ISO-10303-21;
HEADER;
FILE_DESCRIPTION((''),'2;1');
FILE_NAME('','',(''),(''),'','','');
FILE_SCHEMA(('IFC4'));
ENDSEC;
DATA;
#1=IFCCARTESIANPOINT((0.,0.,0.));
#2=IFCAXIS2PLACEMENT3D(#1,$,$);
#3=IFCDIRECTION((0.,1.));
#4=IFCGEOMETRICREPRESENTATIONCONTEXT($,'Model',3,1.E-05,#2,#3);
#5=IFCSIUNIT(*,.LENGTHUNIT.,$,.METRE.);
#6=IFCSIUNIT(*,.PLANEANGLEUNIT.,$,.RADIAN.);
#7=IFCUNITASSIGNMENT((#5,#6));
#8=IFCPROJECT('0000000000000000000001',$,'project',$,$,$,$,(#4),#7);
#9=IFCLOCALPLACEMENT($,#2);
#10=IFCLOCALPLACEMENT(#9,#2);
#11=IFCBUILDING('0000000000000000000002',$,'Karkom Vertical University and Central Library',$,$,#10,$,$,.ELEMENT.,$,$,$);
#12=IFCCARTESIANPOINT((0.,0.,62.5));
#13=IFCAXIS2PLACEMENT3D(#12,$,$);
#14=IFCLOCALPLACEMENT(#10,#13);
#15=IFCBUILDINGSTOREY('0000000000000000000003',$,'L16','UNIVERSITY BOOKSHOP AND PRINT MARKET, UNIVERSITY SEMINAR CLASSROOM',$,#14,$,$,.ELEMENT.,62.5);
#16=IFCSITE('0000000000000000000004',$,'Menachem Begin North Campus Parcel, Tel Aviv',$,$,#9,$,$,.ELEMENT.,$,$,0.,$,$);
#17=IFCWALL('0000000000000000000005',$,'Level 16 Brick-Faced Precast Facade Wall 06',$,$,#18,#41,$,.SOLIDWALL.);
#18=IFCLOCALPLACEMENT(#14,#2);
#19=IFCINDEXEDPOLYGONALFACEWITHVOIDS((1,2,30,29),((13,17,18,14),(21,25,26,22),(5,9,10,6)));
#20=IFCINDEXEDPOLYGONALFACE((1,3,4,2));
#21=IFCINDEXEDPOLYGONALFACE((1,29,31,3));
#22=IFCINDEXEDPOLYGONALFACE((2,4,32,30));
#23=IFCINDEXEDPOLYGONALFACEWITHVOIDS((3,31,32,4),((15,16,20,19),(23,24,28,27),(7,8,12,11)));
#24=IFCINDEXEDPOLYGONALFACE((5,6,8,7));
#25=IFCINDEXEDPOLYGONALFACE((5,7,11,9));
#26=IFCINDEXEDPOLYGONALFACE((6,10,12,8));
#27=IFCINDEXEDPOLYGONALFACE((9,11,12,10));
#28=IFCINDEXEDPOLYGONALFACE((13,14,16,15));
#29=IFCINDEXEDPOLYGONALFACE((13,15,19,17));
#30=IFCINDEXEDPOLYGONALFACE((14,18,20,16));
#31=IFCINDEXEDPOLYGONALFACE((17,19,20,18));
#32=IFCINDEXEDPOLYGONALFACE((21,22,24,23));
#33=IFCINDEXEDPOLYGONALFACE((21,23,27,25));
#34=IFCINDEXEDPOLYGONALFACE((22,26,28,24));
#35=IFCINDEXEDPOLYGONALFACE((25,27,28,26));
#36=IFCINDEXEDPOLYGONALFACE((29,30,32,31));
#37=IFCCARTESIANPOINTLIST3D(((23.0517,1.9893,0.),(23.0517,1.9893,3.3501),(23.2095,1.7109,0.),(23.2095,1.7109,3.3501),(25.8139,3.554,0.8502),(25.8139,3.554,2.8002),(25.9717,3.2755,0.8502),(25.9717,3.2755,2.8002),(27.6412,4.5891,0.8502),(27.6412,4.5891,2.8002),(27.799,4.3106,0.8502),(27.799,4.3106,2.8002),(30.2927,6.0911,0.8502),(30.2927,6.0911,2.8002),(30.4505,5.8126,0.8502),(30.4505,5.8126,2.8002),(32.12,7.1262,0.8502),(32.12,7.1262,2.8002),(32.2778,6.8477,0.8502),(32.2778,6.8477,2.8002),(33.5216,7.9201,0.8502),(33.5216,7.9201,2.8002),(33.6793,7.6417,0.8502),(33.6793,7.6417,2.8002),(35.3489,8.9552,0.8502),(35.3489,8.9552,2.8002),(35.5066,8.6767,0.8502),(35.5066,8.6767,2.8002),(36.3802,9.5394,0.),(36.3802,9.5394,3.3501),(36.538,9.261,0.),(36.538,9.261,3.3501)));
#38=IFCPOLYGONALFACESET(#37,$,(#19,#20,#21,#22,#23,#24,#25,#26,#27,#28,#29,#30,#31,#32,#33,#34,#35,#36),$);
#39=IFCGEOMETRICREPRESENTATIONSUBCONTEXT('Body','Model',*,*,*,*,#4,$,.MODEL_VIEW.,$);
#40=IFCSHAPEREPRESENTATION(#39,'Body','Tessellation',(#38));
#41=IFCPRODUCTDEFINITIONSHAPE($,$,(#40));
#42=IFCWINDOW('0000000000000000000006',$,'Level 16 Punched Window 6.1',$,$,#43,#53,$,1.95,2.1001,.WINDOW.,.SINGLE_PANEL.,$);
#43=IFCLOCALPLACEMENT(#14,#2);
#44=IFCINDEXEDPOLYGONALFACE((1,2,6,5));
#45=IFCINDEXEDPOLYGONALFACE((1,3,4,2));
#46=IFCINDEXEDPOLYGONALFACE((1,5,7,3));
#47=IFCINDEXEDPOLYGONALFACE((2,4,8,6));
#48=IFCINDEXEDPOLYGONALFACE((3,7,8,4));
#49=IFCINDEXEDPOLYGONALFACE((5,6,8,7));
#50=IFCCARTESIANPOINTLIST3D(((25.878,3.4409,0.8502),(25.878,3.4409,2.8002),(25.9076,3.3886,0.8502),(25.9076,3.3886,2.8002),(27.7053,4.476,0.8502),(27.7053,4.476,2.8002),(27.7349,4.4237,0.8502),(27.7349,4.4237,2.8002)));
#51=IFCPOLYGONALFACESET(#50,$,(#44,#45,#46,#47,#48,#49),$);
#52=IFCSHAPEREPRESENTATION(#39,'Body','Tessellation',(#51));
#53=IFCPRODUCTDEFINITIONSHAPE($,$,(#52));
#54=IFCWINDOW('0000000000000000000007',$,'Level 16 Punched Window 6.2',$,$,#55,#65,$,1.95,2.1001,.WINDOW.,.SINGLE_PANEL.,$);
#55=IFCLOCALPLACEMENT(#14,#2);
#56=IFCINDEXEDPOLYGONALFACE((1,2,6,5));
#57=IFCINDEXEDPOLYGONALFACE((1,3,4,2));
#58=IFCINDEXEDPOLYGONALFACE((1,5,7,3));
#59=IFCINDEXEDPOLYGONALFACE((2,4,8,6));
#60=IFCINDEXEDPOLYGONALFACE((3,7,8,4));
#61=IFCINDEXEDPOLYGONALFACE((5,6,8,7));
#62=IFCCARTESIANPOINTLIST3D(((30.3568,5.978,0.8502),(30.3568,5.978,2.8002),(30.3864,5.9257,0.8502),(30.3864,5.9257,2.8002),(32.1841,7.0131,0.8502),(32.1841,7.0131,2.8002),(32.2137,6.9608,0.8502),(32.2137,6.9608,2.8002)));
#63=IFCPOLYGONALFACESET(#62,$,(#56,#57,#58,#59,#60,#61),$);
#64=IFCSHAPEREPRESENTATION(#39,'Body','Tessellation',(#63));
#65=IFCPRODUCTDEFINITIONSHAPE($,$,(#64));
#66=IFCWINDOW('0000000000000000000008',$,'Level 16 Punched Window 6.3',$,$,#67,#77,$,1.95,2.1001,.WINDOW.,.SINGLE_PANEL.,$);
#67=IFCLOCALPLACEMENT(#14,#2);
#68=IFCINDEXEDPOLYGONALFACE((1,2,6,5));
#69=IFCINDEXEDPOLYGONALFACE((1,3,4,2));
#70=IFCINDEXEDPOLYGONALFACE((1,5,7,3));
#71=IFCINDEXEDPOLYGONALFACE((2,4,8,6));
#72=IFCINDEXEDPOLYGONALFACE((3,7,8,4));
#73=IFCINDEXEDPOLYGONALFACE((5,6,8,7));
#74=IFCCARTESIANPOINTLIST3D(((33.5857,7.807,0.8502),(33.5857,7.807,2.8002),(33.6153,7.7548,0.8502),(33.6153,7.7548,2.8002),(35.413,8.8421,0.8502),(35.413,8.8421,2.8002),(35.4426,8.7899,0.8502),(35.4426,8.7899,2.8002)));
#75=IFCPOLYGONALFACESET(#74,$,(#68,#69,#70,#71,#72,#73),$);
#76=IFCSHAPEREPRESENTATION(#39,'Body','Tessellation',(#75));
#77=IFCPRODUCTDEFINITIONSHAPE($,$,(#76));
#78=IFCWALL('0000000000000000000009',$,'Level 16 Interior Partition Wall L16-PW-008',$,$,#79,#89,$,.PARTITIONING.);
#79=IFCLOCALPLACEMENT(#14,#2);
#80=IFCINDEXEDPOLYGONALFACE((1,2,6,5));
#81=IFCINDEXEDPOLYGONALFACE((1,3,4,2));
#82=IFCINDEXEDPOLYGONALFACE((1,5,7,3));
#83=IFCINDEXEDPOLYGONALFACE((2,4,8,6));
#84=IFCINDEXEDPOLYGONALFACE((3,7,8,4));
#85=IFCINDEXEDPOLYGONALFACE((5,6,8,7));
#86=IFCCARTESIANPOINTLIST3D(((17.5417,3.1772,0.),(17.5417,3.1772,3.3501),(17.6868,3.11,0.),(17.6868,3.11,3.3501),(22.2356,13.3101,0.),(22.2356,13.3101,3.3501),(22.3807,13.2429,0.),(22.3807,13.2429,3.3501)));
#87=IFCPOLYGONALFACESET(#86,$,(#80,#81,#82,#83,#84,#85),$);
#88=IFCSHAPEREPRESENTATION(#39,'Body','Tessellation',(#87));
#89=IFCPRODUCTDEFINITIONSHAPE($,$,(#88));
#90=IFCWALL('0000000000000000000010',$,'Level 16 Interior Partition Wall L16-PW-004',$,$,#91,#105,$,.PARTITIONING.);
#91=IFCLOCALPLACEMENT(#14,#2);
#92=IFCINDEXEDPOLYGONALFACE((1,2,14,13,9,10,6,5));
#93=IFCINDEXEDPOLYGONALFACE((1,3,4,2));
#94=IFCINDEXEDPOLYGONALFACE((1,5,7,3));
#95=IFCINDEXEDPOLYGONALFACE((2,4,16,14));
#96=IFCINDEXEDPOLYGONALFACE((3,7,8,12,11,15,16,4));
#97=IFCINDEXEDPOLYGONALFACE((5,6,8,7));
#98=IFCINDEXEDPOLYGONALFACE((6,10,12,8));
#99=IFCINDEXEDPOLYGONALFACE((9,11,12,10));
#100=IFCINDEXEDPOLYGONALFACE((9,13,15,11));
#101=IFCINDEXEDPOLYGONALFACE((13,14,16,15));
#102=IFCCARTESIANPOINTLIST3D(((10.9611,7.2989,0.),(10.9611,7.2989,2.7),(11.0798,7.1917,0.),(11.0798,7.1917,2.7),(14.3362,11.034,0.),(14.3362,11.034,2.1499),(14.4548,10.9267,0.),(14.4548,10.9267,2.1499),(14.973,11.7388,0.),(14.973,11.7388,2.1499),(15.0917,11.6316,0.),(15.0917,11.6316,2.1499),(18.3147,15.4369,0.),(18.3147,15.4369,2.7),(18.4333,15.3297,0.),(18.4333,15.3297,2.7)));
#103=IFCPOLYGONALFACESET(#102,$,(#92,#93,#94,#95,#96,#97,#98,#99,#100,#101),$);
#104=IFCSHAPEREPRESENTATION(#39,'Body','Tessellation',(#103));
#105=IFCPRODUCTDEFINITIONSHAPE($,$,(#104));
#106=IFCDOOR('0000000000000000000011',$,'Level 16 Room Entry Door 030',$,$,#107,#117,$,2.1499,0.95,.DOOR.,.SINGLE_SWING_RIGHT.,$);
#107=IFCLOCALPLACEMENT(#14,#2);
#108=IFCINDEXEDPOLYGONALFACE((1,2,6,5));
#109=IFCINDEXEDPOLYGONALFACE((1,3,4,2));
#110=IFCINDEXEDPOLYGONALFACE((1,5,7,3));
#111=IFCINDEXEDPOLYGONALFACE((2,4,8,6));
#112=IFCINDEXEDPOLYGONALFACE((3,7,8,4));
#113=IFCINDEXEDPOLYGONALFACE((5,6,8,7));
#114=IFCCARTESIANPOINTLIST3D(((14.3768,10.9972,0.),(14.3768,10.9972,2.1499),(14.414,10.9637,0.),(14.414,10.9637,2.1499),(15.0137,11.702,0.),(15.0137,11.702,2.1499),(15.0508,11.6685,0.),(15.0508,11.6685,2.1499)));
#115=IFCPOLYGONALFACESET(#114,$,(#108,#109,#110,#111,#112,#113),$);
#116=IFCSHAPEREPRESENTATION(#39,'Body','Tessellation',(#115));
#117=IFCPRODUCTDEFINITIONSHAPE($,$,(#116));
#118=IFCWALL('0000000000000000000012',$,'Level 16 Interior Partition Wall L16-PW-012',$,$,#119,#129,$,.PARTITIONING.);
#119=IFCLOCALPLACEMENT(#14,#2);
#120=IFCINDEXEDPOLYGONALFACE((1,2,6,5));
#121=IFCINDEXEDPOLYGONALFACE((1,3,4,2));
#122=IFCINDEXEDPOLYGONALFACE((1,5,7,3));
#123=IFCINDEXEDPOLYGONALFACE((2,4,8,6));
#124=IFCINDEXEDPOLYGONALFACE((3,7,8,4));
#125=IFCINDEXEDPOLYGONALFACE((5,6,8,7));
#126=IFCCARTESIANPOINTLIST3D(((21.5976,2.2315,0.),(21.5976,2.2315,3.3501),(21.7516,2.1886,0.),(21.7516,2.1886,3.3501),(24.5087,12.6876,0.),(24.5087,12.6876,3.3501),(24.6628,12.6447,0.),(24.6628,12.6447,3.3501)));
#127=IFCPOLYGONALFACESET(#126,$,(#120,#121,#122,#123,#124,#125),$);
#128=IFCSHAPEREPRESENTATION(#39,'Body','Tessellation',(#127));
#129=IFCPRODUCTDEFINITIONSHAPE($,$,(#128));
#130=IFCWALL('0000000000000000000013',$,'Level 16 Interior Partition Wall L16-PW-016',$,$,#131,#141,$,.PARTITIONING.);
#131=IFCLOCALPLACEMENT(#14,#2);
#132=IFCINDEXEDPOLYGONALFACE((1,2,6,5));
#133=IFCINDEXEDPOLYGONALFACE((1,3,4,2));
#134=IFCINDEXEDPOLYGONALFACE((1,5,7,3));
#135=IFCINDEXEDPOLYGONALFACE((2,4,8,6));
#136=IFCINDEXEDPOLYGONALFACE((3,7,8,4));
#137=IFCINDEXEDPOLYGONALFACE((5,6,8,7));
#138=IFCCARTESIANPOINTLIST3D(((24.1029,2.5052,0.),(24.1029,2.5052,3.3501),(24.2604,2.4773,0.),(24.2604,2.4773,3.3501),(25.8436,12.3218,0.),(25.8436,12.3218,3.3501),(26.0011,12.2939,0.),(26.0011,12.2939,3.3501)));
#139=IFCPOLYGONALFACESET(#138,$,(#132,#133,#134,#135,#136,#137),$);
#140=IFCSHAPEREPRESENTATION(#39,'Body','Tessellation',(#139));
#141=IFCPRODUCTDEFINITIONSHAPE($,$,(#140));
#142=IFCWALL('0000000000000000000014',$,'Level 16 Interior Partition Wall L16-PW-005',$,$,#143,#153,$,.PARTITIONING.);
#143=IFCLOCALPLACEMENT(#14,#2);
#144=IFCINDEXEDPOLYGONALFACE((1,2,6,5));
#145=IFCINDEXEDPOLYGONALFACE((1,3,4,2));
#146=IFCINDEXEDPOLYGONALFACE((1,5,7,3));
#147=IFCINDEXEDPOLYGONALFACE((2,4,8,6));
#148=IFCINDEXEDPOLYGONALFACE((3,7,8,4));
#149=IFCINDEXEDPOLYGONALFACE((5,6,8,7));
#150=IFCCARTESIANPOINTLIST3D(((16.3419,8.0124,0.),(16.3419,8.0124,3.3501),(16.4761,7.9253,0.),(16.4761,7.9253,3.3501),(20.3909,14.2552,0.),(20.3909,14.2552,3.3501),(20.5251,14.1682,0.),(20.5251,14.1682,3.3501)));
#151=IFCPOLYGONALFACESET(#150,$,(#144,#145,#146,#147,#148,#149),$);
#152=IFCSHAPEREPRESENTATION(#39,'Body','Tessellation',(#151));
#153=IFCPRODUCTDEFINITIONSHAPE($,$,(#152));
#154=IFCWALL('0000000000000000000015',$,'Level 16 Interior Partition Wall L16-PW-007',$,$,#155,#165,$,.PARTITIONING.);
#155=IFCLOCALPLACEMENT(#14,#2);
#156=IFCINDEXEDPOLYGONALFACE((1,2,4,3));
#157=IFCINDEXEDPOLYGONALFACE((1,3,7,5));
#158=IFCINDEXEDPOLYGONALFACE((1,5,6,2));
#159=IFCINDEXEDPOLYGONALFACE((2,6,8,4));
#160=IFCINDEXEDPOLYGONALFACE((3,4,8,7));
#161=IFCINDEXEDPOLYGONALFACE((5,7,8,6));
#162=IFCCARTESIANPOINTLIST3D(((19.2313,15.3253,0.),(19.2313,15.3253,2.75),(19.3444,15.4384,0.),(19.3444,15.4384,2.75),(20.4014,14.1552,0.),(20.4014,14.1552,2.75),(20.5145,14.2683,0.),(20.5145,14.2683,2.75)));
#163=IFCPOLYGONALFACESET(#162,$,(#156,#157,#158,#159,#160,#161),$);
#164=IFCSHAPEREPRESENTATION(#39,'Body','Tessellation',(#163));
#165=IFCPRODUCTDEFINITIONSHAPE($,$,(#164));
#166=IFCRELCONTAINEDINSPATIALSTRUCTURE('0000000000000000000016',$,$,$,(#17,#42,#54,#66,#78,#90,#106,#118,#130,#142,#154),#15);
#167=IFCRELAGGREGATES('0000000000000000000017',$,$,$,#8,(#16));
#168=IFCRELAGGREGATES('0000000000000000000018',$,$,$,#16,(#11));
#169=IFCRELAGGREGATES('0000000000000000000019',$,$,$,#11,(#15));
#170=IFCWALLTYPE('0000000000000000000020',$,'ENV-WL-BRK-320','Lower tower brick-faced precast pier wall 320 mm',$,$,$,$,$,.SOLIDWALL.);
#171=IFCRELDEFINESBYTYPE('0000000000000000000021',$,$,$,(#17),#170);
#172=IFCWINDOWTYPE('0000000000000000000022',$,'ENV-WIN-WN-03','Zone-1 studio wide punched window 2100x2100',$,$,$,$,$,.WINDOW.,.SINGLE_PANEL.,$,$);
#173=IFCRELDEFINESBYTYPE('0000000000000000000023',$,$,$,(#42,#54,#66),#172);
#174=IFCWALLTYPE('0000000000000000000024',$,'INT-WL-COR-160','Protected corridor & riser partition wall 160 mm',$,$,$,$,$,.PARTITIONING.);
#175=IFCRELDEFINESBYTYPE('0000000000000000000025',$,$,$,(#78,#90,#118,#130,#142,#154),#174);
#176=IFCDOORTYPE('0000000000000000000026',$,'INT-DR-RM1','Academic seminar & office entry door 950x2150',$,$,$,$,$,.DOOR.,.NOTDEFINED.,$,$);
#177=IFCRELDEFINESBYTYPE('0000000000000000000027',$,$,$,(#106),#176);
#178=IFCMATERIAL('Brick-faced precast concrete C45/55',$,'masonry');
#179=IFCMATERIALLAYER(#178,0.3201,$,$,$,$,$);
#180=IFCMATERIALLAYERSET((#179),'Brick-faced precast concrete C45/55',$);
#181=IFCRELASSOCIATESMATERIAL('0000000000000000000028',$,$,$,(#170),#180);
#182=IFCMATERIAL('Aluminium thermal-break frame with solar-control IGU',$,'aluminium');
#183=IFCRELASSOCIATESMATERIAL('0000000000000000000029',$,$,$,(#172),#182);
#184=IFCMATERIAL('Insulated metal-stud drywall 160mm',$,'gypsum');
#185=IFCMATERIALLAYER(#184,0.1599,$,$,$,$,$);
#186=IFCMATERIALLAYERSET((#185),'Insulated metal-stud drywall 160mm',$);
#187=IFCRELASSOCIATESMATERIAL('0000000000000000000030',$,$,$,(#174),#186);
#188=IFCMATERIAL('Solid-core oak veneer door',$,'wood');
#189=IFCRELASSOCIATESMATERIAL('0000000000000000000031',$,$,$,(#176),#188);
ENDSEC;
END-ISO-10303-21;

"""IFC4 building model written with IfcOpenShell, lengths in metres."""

from ifc_helpers import new_model, si_unit, direction, frame, frame_2d, origin, origin_with_axes, place, context, subcontext, project, spatial, rectangle, extrude, source, transform, mapped, material, layer, layer_set, type_object, element, fill, save


model = new_model("IFC4")

# Units and contexts
model_context = context("Model", 3, precision=1e-05, world=origin(), true_north=direction((0.0, 1.0)))
body_context = subcontext(model_context, "Body", "Model", "MODEL_VIEW")
ifc_project = project(units=[si_unit("LENGTHUNIT", "METRE"), si_unit("PLANEANGLEUNIT", "RADIAN")], contexts=[model_context])

# Site, building, storey
site_placement = place(None, origin())
site = spatial("IfcSite", under=ifc_project, at=site_placement, Name="Menachem Begin North Campus Parcel, Tel Aviv", CompositionType="ELEMENT", RefElevation=0.0)
building_placement = place(site_placement, origin())
building = spatial("IfcBuilding", under=site, at=building_placement, Name="Karkom Vertical University and Central Library", CompositionType="ELEMENT")
storey_placement = place(building_placement, frame((0.0, 0.0, 62.5)))
storey = spatial("IfcBuildingStorey", under=building, at=storey_placement, Name="L16", Description="UNIVERSITY BOOKSHOP AND PRINT MARKET, UNIVERSITY SEMINAR CLASSROOM", CompositionType="ELEMENT", Elevation=62.5)

# Wall, openings, windows
ifc_material_1 = material(Name="Brick-faced precast concrete C45/55", Category="masonry")
ifc_layer_1 = layer(ifc_material_1, 0.3201)
ifc_layer_set_1 = layer_set([ifc_layer_1], Name="Brick-faced precast concrete C45/55")
wall_type_1 = type_object("IfcWallType", Name="ENV-WL-BRK-320", Description="Lower tower brick-faced precast pier wall 320 mm", PredefinedType="SOLIDWALL", material=ifc_layer_set_1)
wall_1_placement = place(storey_placement, frame((23.1306, 1.8501, 0.0), z_axis=(0.0, 0.0, 1.0), x_axis=(0.870098, 0.492879, 0.0)))
wall_1 = element("IfcWall", 1, at=wall_1_placement, inside=storey, type_object=wall_type_1, Name="Level 16 Brick-Faced Precast Facade Wall 06", PredefinedType="SOLIDWALL", context=body_context, shape_type="SweptSolid", body=[
    extrude(rectangle(XDim=15.3184, YDim=0.3201, at=frame_2d((7.6592, 0.0))), origin(), (0.0, 0.0, 1.0), 3.3501),
])
opening_1_placement = place(wall_1_placement, frame((3.1746, 0.0, 0.8501)))
opening_1 = element("IfcOpeningElement", 2, at=opening_1_placement, cuts=wall_1, PredefinedType="OPENING", context=body_context, shape_type="SweptSolid", body=[
    extrude(rectangle(XDim=2.1001, YDim=1.95, at=frame_2d((1.05, 0.9751))), frame((0.0, 0.1699, 0.0), z_axis=(0.0, -1.0, 0.0), x_axis=(1.0, 0.0, 0.0)), (0.0, 0.0, 1.0), 0.3401),
])
opening_2_placement = place(wall_1_placement, frame((8.322, 0.0, 0.8501)))
opening_2 = element("IfcOpeningElement", 3, at=opening_2_placement, cuts=wall_1, PredefinedType="OPENING", context=body_context, shape_type="SweptSolid", body=[
    extrude(rectangle(XDim=2.1001, YDim=1.95, at=frame_2d((1.05, 0.9751))), frame((0.0, 0.1699, 0.0), z_axis=(0.0, -1.0, 0.0), x_axis=(1.0, 0.0, 0.0)), (0.0, 0.0, 1.0), 0.3401),
])
opening_3_placement = place(wall_1_placement, frame((12.033, 0.0, 0.8501)))
opening_3 = element("IfcOpeningElement", 4, at=opening_3_placement, cuts=wall_1, PredefinedType="OPENING", context=body_context, shape_type="SweptSolid", body=[
    extrude(rectangle(XDim=2.1001, YDim=1.95, at=frame_2d((1.05, 0.9751))), frame((0.0, 0.1699, 0.0), z_axis=(0.0, -1.0, 0.0), x_axis=(1.0, 0.0, 0.0)), (0.0, 0.0, 1.0), 0.3401),
])
ifc_material_2 = material(Name="Aluminium thermal-break frame with solar-control IGU", Category="aluminium")
window_type = type_object("IfcWindowType", Name="ENV-WIN-WN-03", Description="Zone-1 studio wide punched window 2100x2100", PartitioningType="SINGLE_PANEL", PredefinedType="WINDOW", material=ifc_material_2)
shared_shape_1 = source(origin_with_axes(), body_context, "Body", "SweptSolid", [
    extrude(rectangle(XDim=2.1001, YDim=1.95, at=frame_2d((1.05, 0.9751))), frame((0.0, 0.03, 0.0), z_axis=(0.0, -1.0, 0.0), x_axis=(1.0, 0.0, 0.0)), (0.0, 0.0, 1.0), 0.0601),
])
window_1_placement = place(opening_1_placement, origin())
window_1 = element("IfcWindow", 5, at=window_1_placement, inside=storey, type_object=window_type, Name="Level 16 Punched Window 6.1", OverallHeight=1.95, OverallWidth=2.1001, PartitioningType="SINGLE_PANEL", PredefinedType="WINDOW", context=body_context, shape_type="MappedRepresentation", body=[
    mapped(shared_shape_1, transform((0.0, 0.0, 0.0), scale=1.0)),
])
fill(opening_1, window_1)
window_2_placement = place(opening_2_placement, origin())
window_2 = element("IfcWindow", 6, at=window_2_placement, inside=storey, type_object=window_type, Name="Level 16 Punched Window 6.2", OverallHeight=1.95, OverallWidth=2.1001, PartitioningType="SINGLE_PANEL", PredefinedType="WINDOW", context=body_context, shape_type="MappedRepresentation", body=[
    mapped(shared_shape_1, transform((0.0, 0.0, 0.0), scale=1.0)),
])
fill(opening_2, window_2)
window_3_placement = place(opening_3_placement, origin())
window_3 = element("IfcWindow", 7, at=window_3_placement, inside=storey, type_object=window_type, Name="Level 16 Punched Window 6.3", OverallHeight=1.95, OverallWidth=2.1001, PartitioningType="SINGLE_PANEL", PredefinedType="WINDOW", context=body_context, shape_type="MappedRepresentation", body=[
    mapped(shared_shape_1, transform((0.0, 0.0, 0.0), scale=1.0)),
])
fill(opening_3, window_3)

# Wall
ifc_material_3 = material(Name="Insulated metal-stud drywall 160mm", Category="gypsum")
ifc_layer_2 = layer(ifc_material_3, 0.1599)
ifc_layer_set_2 = layer_set([ifc_layer_2], Name="Insulated metal-stud drywall 160mm")
wall_type_2 = type_object("IfcWallType", Name="INT-WL-COR-160", Description="Protected corridor & riser partition wall 160 mm", PredefinedType="PARTITIONING", material=ifc_layer_set_2)
wall_2_placement = place(storey_placement, frame((22.3081, 13.2764, 0.0), z_axis=(0.0, 0.0, 1.0), x_axis=(-0.420325, -0.907374, 0.0)))
element("IfcWall", 8, at=wall_2_placement, inside=storey, type_object=wall_type_2, Name="Level 16 Interior Partition Wall L16-PW-008", PredefinedType="PARTITIONING", context=body_context, shape_type="SweptSolid", body=[
    extrude(rectangle(XDim=11.1672, YDim=0.1599, at=frame_2d((5.5835, 0.0))), origin(), (0.0, 0.0, 1.0), 3.3501),
])

# Wall, opening, door
wall_3_placement = place(storey_placement, frame((18.374, 15.3833, 0.0), z_axis=(0.0, 0.0, 1.0), x_axis=(-0.670443, -0.741961, 0.0)))
wall_3 = element("IfcWall", 9, at=wall_3_placement, inside=storey, type_object=wall_type_2, Name="Level 16 Interior Partition Wall L16-PW-004", PredefinedType="PARTITIONING", context=body_context, shape_type="SweptSolid", body=[
    extrude(rectangle(XDim=10.9683, YDim=0.1599, at=frame_2d((5.4841, 0.0))), origin(), (0.0, 0.0, 1.0), 2.7),
])
opening_4_placement = place(wall_3_placement, frame((4.9841, 0.0, 0.0)))
opening_4 = element("IfcOpeningElement", 10, at=opening_4_placement, cuts=wall_3, PredefinedType="OPENING", context=body_context, shape_type="SweptSolid", body=[
    extrude(rectangle(XDim=0.95, YDim=2.1499, at=frame_2d((0.4751, 1.075))), frame((0.0, 0.0898, 0.0), z_axis=(0.0, -1.0, 0.0), x_axis=(1.0, 0.0, 0.0)), (0.0, 0.0, 1.0), 0.1799),
])
ifc_material_4 = material(Name="Solid-core oak veneer door", Category="wood")
door_type_1 = type_object("IfcDoorType", Name="INT-DR-RM1", Description="Academic seminar & office entry door 950x2150", OperationType="NOTDEFINED", PredefinedType="DOOR", material=ifc_material_4)
shared_shape_2 = source(origin_with_axes(), body_context, "Body", "SweptSolid", [
    extrude(rectangle(XDim=0.95, YDim=2.1499, at=frame_2d((0.4751, 1.075))), frame((0.0, 0.0249, 0.0), z_axis=(0.0, -1.0, 0.0), x_axis=(1.0, 0.0, 0.0)), (0.0, 0.0, 1.0), 0.05),
])
door_1_placement = place(opening_4_placement, origin())
door_1 = element("IfcDoor", 11, at=door_1_placement, inside=storey, type_object=door_type_1, Name="Level 16 Room Entry Door 030", OperationType="SINGLE_SWING_RIGHT", OverallHeight=2.1499, OverallWidth=0.95, PredefinedType="DOOR", context=body_context, shape_type="MappedRepresentation", body=[
    mapped(shared_shape_2, transform((0.0, 0.0, 0.0), scale=1.0)),
])
fill(opening_4, door_1)

# Walls
wall_4_placement = place(storey_placement, frame((24.5857, 12.666, 0.0), z_axis=(0.0, 0.0, 1.0), x_axis=(-0.268215, -0.963359, 0.0)))
element("IfcWall", 12, at=wall_4_placement, inside=storey, type_object=wall_type_2, Name="Level 16 Interior Partition Wall L16-PW-012", PredefinedType="PARTITIONING", context=body_context, shape_type="SweptSolid", body=[
    extrude(rectangle(XDim=10.8538, YDim=0.1599, at=frame_2d((5.4268, 0.0))), origin(), (0.0, 0.0, 1.0), 3.3501),
])
wall_5_placement = place(storey_placement, frame((25.9224, 12.3079, 0.0), z_axis=(0.0, 0.0, 1.0), x_axis=(-0.1746, -0.984639, 0.0)))
element("IfcWall", 13, at=wall_5_placement, inside=storey, type_object=wall_type_2, Name="Level 16 Interior Partition Wall L16-PW-016", PredefinedType="PARTITIONING", context=body_context, shape_type="SweptSolid", body=[
    extrude(rectangle(XDim=9.9697, YDim=0.1599, at=frame_2d((4.9849, 0.0))), origin(), (0.0, 0.0, 1.0), 3.3501),
])
wall_6_placement = place(storey_placement, frame((20.458, 14.2117, 0.0), z_axis=(0.0, 0.0, 1.0), x_axis=(-0.544154, -0.838985, 0.0)))
element("IfcWall", 14, at=wall_6_placement, inside=storey, type_object=wall_type_2, Name="Level 16 Interior Partition Wall L16-PW-005", PredefinedType="PARTITIONING", context=body_context, shape_type="SweptSolid", body=[
    extrude(rectangle(XDim=7.4409, YDim=0.1599, at=frame_2d((3.7205, 0.0))), origin(), (0.0, 0.0, 1.0), 3.3501),
])
wall_7_placement = place(storey_placement, frame((19.2878, 15.3818, 0.0), z_axis=(0.0, 0.0, 1.0), x_axis=(0.707107, -0.707107, 0.0)))
element("IfcWall", 15, at=wall_7_placement, inside=storey, type_object=wall_type_2, Name="Level 16 Interior Partition Wall L16-PW-007", PredefinedType="PARTITIONING", context=body_context, shape_type="SweptSolid", body=[
    extrude(rectangle(XDim=1.6548, YDim=0.1599, at=frame_2d((0.8274, 0.0))), origin(), (0.0, 0.0, 1.0), 2.75),
])

save(model, "model.ifc")
